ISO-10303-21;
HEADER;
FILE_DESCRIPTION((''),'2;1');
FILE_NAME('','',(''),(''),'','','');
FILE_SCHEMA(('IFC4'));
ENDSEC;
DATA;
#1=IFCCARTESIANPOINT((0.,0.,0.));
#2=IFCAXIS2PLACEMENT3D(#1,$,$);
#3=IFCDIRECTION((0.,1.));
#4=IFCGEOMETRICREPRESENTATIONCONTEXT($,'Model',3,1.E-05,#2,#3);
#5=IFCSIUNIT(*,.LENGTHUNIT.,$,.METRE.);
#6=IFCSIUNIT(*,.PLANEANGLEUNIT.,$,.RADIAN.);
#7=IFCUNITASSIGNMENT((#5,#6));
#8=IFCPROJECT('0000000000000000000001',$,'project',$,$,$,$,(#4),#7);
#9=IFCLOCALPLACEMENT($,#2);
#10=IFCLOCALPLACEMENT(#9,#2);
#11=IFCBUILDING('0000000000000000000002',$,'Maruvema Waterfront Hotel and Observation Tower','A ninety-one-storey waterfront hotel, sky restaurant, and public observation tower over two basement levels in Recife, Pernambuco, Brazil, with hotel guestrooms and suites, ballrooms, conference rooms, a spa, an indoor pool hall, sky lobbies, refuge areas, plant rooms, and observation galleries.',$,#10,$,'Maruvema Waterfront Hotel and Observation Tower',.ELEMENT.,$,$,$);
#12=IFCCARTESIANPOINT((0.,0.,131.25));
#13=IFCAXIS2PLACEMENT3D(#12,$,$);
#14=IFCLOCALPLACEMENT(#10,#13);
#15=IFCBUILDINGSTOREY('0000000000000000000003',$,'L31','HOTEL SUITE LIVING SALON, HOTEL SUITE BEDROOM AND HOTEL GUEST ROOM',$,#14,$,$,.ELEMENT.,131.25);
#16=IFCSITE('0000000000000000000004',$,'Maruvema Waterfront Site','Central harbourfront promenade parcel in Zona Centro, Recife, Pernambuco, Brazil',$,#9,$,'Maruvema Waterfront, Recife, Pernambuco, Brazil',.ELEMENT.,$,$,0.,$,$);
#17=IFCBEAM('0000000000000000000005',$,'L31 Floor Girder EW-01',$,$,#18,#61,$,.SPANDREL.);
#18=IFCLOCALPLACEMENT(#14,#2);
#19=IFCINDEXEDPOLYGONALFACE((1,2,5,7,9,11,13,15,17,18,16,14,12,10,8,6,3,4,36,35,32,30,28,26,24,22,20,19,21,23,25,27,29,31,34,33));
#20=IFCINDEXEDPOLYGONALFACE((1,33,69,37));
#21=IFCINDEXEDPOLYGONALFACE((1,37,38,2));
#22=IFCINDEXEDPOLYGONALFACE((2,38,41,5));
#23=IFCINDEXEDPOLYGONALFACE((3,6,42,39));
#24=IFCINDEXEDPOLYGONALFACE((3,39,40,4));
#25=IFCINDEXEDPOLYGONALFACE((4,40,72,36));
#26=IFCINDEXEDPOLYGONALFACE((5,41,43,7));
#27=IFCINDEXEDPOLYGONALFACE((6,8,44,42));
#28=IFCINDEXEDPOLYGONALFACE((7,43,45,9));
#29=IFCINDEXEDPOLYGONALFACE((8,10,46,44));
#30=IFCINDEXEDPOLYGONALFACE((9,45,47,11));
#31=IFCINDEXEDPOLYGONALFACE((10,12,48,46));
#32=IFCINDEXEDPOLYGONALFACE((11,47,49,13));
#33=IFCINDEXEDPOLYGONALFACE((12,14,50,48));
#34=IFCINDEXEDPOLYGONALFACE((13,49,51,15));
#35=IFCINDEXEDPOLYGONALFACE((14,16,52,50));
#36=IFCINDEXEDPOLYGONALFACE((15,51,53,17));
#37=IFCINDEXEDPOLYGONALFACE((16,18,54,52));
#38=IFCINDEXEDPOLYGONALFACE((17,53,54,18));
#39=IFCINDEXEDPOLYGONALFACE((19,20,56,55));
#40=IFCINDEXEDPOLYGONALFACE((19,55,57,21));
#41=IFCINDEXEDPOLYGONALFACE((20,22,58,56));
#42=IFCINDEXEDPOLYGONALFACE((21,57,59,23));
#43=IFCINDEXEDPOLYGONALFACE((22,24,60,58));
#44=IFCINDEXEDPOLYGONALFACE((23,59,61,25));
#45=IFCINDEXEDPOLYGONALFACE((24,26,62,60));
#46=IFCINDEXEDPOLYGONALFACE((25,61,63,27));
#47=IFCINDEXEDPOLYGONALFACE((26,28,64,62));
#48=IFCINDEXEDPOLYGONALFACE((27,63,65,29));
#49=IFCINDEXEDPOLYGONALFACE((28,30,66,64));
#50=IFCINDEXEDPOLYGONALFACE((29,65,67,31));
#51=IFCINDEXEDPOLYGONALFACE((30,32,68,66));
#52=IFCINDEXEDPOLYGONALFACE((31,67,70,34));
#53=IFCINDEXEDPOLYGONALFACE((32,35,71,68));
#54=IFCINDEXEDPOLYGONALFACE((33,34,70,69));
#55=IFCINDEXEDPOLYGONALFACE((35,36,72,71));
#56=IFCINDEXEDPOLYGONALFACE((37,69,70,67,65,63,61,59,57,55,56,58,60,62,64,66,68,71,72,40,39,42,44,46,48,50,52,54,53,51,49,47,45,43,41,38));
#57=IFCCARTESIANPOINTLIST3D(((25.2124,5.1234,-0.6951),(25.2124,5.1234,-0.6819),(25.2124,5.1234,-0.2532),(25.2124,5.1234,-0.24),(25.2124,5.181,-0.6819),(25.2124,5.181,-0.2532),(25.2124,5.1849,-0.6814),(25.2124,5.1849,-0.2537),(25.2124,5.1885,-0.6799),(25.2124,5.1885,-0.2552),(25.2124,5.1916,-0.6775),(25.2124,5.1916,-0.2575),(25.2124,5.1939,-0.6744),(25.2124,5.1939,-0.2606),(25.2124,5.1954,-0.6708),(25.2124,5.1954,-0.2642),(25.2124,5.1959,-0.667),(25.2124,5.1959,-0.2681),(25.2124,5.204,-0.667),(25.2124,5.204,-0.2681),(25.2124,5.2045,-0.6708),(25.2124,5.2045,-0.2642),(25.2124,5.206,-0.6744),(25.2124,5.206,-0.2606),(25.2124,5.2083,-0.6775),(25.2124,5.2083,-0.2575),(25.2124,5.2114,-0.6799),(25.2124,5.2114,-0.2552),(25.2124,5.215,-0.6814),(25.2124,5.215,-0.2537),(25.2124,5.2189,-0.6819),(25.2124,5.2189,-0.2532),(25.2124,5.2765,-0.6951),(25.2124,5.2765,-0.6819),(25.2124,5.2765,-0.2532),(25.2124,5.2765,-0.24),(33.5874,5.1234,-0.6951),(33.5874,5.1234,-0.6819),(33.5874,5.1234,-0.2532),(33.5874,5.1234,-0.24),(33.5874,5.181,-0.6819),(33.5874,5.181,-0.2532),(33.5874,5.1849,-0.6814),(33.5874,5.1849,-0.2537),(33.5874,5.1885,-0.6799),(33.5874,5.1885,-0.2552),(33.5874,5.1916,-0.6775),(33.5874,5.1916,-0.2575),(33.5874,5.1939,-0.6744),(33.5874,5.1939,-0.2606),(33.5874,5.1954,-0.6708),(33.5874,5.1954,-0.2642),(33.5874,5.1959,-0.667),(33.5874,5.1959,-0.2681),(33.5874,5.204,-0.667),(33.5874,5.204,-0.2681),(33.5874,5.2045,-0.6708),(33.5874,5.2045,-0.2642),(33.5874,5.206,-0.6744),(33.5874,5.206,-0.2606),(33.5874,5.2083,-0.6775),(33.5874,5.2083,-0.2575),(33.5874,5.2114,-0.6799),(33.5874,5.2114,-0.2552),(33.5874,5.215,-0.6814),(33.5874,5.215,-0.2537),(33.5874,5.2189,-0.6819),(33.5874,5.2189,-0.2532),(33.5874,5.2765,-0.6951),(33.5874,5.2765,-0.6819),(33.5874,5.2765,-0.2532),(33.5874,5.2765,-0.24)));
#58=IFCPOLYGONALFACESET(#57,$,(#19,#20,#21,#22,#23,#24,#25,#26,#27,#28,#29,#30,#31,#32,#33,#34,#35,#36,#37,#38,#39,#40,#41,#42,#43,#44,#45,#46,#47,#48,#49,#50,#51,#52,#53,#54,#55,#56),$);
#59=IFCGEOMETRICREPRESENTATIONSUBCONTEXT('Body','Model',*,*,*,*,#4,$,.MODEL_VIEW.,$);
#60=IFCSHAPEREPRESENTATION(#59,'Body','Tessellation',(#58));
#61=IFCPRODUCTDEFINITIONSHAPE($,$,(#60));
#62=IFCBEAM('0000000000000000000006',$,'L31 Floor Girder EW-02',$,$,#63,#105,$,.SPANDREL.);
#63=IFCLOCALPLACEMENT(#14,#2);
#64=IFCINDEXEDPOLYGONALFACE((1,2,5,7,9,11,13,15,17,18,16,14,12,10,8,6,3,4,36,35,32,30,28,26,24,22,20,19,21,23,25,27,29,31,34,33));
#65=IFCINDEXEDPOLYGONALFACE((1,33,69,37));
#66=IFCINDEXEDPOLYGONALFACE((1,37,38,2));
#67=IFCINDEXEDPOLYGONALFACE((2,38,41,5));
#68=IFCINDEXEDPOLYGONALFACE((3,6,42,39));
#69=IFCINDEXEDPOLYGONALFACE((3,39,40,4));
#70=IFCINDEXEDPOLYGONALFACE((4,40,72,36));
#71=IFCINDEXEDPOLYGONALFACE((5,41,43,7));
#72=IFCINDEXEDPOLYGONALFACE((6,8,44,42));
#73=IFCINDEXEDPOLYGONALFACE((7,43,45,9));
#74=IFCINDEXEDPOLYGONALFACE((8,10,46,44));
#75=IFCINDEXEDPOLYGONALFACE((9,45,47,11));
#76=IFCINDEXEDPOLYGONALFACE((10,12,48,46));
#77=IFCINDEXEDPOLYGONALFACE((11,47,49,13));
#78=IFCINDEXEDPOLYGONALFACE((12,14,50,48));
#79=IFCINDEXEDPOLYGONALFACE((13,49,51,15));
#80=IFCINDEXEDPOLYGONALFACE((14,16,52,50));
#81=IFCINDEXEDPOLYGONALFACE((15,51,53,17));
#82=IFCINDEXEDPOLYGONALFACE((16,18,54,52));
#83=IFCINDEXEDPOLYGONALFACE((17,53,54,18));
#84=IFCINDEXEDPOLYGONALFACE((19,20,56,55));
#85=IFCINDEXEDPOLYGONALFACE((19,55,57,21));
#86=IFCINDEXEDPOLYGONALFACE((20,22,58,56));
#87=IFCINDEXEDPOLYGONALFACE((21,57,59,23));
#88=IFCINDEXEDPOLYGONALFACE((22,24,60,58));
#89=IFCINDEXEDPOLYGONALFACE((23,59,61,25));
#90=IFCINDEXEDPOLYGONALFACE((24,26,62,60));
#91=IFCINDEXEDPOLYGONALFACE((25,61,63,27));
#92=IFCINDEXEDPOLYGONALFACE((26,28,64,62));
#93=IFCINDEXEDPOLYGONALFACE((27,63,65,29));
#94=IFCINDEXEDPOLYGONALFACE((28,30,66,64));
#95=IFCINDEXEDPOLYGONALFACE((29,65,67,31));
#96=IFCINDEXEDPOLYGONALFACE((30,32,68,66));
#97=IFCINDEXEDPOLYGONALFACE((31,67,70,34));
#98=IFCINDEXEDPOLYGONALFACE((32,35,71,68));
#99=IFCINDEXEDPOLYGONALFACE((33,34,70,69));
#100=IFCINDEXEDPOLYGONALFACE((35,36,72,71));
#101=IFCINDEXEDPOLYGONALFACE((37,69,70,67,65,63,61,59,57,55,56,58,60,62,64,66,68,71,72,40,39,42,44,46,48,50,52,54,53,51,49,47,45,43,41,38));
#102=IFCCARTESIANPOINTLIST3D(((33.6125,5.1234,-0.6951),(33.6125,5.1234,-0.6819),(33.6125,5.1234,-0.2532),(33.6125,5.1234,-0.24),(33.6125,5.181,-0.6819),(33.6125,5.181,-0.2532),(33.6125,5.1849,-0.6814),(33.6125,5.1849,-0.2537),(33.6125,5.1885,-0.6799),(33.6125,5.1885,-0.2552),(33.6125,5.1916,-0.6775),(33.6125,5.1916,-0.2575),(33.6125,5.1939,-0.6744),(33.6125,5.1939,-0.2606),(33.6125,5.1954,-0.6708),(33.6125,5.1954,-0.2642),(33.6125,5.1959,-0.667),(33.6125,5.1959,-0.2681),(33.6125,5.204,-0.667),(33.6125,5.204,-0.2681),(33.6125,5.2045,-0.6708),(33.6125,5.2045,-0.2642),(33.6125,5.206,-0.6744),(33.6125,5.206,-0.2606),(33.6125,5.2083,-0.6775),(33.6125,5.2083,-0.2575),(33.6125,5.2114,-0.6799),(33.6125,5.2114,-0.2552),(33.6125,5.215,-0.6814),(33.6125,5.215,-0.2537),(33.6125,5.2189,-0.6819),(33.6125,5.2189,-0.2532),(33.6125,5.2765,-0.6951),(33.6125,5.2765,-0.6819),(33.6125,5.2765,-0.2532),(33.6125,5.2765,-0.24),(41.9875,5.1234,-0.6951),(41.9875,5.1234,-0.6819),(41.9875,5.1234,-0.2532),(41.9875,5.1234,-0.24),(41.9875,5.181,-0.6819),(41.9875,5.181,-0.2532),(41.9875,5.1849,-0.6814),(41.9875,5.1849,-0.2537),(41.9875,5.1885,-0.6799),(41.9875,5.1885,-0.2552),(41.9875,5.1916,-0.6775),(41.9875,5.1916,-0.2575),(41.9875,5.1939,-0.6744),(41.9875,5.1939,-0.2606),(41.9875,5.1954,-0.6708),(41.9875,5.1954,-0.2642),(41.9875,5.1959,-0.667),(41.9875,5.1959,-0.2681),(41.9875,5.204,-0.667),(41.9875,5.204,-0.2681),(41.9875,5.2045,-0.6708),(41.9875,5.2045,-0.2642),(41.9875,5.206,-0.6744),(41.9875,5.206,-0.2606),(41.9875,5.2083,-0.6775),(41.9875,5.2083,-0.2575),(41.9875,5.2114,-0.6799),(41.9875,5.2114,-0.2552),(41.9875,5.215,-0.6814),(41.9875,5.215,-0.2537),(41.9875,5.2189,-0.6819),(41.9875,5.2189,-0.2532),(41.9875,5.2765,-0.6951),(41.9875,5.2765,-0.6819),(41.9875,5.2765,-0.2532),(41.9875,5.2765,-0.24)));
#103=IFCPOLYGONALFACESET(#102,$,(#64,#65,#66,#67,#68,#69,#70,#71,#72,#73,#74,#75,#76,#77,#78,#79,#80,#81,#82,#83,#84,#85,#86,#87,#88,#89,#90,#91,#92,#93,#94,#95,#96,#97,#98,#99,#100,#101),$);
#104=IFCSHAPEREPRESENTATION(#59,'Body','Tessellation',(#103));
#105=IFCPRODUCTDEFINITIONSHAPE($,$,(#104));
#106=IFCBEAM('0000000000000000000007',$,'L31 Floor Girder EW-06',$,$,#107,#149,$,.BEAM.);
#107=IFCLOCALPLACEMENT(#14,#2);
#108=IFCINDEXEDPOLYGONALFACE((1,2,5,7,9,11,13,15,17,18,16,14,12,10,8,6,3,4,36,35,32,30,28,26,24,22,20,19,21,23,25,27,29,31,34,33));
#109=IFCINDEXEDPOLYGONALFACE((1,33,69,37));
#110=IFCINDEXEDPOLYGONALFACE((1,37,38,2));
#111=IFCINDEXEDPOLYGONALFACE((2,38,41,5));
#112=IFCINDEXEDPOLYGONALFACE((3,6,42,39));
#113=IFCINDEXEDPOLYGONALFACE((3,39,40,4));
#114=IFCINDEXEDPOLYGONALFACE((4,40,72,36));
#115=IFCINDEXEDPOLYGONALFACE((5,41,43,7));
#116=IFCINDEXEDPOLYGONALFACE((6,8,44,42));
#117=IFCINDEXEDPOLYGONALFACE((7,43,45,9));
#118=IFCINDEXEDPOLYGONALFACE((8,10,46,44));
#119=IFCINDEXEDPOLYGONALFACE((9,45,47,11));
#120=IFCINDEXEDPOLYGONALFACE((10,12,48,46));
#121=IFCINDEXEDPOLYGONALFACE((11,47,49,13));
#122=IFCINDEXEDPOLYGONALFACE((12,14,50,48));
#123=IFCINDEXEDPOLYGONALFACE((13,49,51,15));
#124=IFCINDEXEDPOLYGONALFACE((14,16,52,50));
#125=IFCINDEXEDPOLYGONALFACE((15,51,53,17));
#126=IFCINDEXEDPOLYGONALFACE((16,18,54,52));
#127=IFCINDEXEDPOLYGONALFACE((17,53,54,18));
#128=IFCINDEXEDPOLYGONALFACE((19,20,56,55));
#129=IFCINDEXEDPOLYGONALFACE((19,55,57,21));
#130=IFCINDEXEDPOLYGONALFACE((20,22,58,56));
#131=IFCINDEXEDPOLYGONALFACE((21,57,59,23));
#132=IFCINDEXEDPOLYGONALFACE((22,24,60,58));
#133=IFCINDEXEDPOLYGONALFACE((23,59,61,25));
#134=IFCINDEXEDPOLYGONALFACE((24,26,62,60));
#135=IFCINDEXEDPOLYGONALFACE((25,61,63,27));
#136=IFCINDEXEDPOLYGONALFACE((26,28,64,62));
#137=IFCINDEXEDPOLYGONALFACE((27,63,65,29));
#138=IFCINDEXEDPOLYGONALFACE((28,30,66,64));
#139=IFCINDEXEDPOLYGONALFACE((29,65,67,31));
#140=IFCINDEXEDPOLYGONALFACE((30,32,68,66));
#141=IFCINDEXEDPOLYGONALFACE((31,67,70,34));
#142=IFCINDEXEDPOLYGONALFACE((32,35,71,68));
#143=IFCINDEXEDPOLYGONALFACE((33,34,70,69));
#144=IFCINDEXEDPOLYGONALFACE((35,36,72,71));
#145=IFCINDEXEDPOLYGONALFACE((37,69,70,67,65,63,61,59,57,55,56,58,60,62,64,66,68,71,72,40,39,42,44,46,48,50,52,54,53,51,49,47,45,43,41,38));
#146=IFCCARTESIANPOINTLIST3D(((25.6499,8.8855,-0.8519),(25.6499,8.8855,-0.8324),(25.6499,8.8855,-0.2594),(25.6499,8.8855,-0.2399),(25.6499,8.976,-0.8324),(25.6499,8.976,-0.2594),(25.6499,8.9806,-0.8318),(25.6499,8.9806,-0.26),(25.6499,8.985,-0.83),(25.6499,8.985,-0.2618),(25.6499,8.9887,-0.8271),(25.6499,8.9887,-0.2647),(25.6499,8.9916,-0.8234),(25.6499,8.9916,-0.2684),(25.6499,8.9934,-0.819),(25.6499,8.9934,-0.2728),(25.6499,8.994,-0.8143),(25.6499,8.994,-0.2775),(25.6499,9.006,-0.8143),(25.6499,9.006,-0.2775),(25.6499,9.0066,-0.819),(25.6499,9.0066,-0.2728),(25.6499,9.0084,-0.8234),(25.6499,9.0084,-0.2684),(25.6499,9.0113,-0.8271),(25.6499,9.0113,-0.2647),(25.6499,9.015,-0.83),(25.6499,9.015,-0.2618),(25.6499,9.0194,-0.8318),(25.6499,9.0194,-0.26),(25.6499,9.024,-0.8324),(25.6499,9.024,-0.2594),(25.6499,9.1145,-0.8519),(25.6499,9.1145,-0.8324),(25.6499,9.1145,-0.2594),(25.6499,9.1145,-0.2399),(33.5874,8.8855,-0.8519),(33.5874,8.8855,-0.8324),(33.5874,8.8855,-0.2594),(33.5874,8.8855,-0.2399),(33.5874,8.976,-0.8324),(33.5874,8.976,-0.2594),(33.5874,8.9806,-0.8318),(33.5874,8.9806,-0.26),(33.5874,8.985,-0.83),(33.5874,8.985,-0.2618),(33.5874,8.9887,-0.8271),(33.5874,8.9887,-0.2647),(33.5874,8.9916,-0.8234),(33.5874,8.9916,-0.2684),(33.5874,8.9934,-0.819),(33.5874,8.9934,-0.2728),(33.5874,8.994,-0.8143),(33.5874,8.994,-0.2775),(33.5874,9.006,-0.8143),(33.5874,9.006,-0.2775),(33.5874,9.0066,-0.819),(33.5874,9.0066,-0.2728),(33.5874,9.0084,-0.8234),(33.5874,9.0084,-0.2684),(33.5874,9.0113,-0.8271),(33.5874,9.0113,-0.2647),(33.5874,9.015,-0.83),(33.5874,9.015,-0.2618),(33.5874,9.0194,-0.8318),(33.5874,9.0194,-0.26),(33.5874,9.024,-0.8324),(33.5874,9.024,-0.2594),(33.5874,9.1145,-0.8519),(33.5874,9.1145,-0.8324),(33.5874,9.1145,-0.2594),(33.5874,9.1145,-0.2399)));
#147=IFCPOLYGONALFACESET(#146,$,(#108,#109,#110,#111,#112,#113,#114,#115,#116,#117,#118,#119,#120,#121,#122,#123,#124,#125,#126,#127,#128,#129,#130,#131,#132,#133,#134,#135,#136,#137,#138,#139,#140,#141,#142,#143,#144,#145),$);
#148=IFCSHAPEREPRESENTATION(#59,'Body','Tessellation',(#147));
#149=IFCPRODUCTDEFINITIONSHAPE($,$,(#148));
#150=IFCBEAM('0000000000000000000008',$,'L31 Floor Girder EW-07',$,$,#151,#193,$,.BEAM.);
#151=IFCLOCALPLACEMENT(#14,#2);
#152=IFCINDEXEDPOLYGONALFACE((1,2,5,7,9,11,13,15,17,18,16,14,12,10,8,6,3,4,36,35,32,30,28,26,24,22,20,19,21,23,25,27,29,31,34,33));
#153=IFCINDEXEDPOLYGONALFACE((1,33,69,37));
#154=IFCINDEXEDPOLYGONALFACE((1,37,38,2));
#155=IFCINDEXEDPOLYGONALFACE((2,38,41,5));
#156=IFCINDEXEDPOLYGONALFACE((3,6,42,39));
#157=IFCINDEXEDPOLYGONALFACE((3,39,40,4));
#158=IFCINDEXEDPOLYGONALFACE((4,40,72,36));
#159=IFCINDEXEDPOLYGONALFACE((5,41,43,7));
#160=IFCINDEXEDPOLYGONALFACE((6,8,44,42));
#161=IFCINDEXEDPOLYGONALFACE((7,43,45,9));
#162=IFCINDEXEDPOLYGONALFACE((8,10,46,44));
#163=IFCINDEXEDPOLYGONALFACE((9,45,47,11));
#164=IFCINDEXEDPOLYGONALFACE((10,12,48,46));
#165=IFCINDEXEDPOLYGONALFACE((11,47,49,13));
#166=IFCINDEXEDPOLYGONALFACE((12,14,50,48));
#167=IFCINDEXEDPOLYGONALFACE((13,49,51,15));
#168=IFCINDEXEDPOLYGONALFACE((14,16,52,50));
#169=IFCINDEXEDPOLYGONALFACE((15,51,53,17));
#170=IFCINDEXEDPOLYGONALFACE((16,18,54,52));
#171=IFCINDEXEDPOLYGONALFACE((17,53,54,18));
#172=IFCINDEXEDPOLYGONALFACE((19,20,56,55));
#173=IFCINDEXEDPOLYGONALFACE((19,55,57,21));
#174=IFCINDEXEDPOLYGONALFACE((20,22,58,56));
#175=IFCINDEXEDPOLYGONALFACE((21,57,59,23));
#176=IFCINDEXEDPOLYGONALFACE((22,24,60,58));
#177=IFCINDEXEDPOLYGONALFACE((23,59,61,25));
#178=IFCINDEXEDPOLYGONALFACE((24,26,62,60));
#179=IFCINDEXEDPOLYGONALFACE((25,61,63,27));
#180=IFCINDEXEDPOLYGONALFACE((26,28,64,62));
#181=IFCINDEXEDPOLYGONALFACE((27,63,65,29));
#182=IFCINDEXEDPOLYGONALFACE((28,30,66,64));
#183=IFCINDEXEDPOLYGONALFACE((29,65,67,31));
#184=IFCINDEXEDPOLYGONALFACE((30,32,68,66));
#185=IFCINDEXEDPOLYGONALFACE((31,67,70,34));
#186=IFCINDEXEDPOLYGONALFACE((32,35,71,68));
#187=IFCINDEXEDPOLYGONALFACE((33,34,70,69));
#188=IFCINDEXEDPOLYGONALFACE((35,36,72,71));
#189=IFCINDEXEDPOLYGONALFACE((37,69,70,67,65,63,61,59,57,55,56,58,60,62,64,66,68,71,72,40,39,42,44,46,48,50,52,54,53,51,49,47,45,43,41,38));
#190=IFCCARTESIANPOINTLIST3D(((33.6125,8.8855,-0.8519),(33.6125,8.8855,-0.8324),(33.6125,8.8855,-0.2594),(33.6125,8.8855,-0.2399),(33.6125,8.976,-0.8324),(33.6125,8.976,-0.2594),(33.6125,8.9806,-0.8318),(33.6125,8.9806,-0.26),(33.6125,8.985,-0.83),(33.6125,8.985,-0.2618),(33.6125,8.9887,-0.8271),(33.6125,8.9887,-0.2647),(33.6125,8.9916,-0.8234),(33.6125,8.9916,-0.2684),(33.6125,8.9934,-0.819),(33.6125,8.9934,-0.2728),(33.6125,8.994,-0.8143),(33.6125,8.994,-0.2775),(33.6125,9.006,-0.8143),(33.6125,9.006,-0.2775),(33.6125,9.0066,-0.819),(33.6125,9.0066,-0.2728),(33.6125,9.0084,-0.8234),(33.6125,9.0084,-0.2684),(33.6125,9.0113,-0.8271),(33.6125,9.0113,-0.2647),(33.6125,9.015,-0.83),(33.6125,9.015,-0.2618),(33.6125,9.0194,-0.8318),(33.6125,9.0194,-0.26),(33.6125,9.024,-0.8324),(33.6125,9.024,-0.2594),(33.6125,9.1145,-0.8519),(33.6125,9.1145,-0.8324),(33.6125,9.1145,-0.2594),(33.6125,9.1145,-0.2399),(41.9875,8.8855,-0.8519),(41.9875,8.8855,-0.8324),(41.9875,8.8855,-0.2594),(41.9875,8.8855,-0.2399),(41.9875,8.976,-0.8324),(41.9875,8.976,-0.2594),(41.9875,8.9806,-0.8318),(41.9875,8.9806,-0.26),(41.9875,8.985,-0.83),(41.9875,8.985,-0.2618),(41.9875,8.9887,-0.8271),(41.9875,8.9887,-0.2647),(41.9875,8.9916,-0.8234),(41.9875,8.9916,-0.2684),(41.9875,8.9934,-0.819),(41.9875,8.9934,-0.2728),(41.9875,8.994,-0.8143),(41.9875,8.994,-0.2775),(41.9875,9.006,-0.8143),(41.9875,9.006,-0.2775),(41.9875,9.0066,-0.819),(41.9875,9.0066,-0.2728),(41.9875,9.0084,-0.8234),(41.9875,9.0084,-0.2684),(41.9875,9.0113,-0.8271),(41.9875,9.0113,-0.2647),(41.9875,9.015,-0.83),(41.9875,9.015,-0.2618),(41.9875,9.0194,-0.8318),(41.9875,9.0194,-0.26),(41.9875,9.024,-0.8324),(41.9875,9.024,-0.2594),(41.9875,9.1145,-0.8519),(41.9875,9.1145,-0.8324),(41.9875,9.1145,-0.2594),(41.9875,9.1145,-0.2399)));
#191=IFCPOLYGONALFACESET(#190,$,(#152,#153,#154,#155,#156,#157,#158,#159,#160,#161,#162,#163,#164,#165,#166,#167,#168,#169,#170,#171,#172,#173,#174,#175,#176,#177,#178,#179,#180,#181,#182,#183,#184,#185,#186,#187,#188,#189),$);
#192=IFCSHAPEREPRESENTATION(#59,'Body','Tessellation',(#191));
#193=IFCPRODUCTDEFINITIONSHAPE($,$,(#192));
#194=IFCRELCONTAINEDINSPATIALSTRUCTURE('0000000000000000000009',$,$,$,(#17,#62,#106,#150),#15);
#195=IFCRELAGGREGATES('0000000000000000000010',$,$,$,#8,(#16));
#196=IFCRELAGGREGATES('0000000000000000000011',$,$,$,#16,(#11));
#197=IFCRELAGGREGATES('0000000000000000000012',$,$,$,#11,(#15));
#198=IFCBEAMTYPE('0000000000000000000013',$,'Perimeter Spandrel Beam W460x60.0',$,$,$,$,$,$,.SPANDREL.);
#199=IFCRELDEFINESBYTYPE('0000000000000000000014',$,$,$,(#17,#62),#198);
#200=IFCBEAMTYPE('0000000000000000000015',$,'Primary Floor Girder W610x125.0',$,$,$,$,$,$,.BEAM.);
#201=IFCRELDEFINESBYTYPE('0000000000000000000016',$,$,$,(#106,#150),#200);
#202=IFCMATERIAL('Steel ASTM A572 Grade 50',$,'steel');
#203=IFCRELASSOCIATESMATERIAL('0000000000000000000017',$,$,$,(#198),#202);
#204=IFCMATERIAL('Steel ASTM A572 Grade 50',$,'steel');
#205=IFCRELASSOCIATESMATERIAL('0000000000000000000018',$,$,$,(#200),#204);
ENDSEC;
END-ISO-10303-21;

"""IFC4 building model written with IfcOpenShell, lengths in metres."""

from ifc_helpers import new_model, si_unit, direction, frame, origin, origin_2d, place, context, subcontext, project, spatial, i_section, extrude, material, material_profile, profile_set, type_object, element, save


model = new_model("IFC4")

# Units and contexts
model_context = context("Model", 3, precision=1e-05, world=origin(), true_north=direction((0.0, 1.0)))
body_context = subcontext(model_context, "Body", "Model", "MODEL_VIEW")
ifc_project = project(units=[si_unit("LENGTHUNIT", "METRE"), si_unit("PLANEANGLEUNIT", "RADIAN")], contexts=[model_context])

# Site, building, storey
site_placement = place(None, origin())
site = spatial("IfcSite", under=ifc_project, at=site_placement, Name="Maruvema Waterfront Site", Description="Central harbourfront promenade parcel in Zona Centro, Recife, Pernambuco, Brazil", LongName="Maruvema Waterfront, Recife, Pernambuco, Brazil", CompositionType="ELEMENT", RefElevation=0.0)
building_placement = place(site_placement, origin())
building = spatial("IfcBuilding", under=site, at=building_placement, Name="Maruvema Waterfront Hotel and Observation Tower", Description="A ninety-one-storey waterfront hotel, sky restaurant, and public observation tower over two basement levels in Recife, Pernambuco, Brazil, with hotel guestrooms and suites, ballrooms, conference rooms, a spa, an indoor pool hall, sky lobbies, refuge areas, plant rooms, and observation galleries.", LongName="Maruvema Waterfront Hotel and Observation Tower", CompositionType="ELEMENT")
storey_placement = place(building_placement, frame((0.0, 0.0, 131.25)))
storey = spatial("IfcBuildingStorey", under=building, at=storey_placement, Name="L31", Description="HOTEL SUITE LIVING SALON, HOTEL SUITE BEDROOM AND HOTEL GUEST ROOM", CompositionType="ELEMENT", Elevation=131.25)

# Beams
ifc_material_1 = material(Name="Steel ASTM A572 Grade 50", Category="steel")
ifc_material_profile_1 = material_profile(ifc_material_1, i_section(OverallWidth=0.1531, OverallDepth=0.4551, WebThickness=0.0081, FlangeThickness=0.0132, FilletRadius=0.0149, at=origin_2d()), Name="W460x60.0")
ifc_profile_set_1 = profile_set([ifc_material_profile_1], Name="Steel ASTM A572 Grade 50")
beam_type_1 = type_object("IfcBeamType", Name="Perimeter Spandrel Beam W460x60.0", PredefinedType="SPANDREL", material=ifc_profile_set_1)
for number, where, z_axis, x_axis, name in (
    (1, (25.2124, 5.2, -0.4675), (1.0, 0.0, 0.0), (0.0, 1.0, 0.0), "L31 Floor Girder EW-01"),
    (2, (33.6125, 5.2, -0.4675), (1.0, 0.0, 0.0), (0.0, 1.0, 0.0), "L31 Floor Girder EW-02"),
):
    element("IfcBeam", number, at=place(storey_placement, frame(where, z_axis=z_axis, x_axis=x_axis)), inside=storey, type_object=beam_type_1, Name=name, PredefinedType="SPANDREL", context=body_context, shape_type="SweptSolid", body=[
        extrude(i_section(OverallWidth=0.1531, OverallDepth=0.4551, WebThickness=0.0081, FlangeThickness=0.0132, FilletRadius=0.0149, at=origin_2d()), origin(), (0.0, 0.0, 1.0), 8.375),
    ])
ifc_material_2 = material(Name="Steel ASTM A572 Grade 50", Category="steel")
ifc_material_profile_2 = material_profile(ifc_material_2, i_section(OverallWidth=0.229, OverallDepth=0.6121, WebThickness=0.012, FlangeThickness=0.0195, FilletRadius=0.0181, at=origin_2d()), Name="W610x125.0")
ifc_profile_set_2 = profile_set([ifc_material_profile_2], Name="Steel ASTM A572 Grade 50")
beam_type_2 = type_object("IfcBeamType", Name="Primary Floor Girder W610x125.0", PredefinedType="BEAM", material=ifc_profile_set_2)
beam_1_placement = place(storey_placement, frame((25.6499, 9.0, -0.5459), z_axis=(1.0, 0.0, 0.0), x_axis=(0.0, 1.0, 0.0)))
element("IfcBeam", 3, at=beam_1_placement, inside=storey, type_object=beam_type_2, Name="L31 Floor Girder EW-06", PredefinedType="BEAM", context=body_context, shape_type="SweptSolid", body=[
    extrude(i_section(OverallWidth=0.229, OverallDepth=0.6121, WebThickness=0.012, FlangeThickness=0.0195, FilletRadius=0.0181, at=origin_2d()), origin(), (0.0, 0.0, 1.0), 7.9375),
])
beam_2_placement = place(storey_placement, frame((33.6125, 9.0, -0.5459), z_axis=(1.0, 0.0, 0.0), x_axis=(0.0, 1.0, 0.0)))
element("IfcBeam", 4, at=beam_2_placement, inside=storey, type_object=beam_type_2, Name="L31 Floor Girder EW-07", PredefinedType="BEAM", context=body_context, shape_type="SweptSolid", body=[
    extrude(i_section(OverallWidth=0.229, OverallDepth=0.6121, WebThickness=0.012, FlangeThickness=0.0195, FilletRadius=0.0181, at=origin_2d()), origin(), (0.0, 0.0, 1.0), 8.375),
])

save(model, "model.ifc")
